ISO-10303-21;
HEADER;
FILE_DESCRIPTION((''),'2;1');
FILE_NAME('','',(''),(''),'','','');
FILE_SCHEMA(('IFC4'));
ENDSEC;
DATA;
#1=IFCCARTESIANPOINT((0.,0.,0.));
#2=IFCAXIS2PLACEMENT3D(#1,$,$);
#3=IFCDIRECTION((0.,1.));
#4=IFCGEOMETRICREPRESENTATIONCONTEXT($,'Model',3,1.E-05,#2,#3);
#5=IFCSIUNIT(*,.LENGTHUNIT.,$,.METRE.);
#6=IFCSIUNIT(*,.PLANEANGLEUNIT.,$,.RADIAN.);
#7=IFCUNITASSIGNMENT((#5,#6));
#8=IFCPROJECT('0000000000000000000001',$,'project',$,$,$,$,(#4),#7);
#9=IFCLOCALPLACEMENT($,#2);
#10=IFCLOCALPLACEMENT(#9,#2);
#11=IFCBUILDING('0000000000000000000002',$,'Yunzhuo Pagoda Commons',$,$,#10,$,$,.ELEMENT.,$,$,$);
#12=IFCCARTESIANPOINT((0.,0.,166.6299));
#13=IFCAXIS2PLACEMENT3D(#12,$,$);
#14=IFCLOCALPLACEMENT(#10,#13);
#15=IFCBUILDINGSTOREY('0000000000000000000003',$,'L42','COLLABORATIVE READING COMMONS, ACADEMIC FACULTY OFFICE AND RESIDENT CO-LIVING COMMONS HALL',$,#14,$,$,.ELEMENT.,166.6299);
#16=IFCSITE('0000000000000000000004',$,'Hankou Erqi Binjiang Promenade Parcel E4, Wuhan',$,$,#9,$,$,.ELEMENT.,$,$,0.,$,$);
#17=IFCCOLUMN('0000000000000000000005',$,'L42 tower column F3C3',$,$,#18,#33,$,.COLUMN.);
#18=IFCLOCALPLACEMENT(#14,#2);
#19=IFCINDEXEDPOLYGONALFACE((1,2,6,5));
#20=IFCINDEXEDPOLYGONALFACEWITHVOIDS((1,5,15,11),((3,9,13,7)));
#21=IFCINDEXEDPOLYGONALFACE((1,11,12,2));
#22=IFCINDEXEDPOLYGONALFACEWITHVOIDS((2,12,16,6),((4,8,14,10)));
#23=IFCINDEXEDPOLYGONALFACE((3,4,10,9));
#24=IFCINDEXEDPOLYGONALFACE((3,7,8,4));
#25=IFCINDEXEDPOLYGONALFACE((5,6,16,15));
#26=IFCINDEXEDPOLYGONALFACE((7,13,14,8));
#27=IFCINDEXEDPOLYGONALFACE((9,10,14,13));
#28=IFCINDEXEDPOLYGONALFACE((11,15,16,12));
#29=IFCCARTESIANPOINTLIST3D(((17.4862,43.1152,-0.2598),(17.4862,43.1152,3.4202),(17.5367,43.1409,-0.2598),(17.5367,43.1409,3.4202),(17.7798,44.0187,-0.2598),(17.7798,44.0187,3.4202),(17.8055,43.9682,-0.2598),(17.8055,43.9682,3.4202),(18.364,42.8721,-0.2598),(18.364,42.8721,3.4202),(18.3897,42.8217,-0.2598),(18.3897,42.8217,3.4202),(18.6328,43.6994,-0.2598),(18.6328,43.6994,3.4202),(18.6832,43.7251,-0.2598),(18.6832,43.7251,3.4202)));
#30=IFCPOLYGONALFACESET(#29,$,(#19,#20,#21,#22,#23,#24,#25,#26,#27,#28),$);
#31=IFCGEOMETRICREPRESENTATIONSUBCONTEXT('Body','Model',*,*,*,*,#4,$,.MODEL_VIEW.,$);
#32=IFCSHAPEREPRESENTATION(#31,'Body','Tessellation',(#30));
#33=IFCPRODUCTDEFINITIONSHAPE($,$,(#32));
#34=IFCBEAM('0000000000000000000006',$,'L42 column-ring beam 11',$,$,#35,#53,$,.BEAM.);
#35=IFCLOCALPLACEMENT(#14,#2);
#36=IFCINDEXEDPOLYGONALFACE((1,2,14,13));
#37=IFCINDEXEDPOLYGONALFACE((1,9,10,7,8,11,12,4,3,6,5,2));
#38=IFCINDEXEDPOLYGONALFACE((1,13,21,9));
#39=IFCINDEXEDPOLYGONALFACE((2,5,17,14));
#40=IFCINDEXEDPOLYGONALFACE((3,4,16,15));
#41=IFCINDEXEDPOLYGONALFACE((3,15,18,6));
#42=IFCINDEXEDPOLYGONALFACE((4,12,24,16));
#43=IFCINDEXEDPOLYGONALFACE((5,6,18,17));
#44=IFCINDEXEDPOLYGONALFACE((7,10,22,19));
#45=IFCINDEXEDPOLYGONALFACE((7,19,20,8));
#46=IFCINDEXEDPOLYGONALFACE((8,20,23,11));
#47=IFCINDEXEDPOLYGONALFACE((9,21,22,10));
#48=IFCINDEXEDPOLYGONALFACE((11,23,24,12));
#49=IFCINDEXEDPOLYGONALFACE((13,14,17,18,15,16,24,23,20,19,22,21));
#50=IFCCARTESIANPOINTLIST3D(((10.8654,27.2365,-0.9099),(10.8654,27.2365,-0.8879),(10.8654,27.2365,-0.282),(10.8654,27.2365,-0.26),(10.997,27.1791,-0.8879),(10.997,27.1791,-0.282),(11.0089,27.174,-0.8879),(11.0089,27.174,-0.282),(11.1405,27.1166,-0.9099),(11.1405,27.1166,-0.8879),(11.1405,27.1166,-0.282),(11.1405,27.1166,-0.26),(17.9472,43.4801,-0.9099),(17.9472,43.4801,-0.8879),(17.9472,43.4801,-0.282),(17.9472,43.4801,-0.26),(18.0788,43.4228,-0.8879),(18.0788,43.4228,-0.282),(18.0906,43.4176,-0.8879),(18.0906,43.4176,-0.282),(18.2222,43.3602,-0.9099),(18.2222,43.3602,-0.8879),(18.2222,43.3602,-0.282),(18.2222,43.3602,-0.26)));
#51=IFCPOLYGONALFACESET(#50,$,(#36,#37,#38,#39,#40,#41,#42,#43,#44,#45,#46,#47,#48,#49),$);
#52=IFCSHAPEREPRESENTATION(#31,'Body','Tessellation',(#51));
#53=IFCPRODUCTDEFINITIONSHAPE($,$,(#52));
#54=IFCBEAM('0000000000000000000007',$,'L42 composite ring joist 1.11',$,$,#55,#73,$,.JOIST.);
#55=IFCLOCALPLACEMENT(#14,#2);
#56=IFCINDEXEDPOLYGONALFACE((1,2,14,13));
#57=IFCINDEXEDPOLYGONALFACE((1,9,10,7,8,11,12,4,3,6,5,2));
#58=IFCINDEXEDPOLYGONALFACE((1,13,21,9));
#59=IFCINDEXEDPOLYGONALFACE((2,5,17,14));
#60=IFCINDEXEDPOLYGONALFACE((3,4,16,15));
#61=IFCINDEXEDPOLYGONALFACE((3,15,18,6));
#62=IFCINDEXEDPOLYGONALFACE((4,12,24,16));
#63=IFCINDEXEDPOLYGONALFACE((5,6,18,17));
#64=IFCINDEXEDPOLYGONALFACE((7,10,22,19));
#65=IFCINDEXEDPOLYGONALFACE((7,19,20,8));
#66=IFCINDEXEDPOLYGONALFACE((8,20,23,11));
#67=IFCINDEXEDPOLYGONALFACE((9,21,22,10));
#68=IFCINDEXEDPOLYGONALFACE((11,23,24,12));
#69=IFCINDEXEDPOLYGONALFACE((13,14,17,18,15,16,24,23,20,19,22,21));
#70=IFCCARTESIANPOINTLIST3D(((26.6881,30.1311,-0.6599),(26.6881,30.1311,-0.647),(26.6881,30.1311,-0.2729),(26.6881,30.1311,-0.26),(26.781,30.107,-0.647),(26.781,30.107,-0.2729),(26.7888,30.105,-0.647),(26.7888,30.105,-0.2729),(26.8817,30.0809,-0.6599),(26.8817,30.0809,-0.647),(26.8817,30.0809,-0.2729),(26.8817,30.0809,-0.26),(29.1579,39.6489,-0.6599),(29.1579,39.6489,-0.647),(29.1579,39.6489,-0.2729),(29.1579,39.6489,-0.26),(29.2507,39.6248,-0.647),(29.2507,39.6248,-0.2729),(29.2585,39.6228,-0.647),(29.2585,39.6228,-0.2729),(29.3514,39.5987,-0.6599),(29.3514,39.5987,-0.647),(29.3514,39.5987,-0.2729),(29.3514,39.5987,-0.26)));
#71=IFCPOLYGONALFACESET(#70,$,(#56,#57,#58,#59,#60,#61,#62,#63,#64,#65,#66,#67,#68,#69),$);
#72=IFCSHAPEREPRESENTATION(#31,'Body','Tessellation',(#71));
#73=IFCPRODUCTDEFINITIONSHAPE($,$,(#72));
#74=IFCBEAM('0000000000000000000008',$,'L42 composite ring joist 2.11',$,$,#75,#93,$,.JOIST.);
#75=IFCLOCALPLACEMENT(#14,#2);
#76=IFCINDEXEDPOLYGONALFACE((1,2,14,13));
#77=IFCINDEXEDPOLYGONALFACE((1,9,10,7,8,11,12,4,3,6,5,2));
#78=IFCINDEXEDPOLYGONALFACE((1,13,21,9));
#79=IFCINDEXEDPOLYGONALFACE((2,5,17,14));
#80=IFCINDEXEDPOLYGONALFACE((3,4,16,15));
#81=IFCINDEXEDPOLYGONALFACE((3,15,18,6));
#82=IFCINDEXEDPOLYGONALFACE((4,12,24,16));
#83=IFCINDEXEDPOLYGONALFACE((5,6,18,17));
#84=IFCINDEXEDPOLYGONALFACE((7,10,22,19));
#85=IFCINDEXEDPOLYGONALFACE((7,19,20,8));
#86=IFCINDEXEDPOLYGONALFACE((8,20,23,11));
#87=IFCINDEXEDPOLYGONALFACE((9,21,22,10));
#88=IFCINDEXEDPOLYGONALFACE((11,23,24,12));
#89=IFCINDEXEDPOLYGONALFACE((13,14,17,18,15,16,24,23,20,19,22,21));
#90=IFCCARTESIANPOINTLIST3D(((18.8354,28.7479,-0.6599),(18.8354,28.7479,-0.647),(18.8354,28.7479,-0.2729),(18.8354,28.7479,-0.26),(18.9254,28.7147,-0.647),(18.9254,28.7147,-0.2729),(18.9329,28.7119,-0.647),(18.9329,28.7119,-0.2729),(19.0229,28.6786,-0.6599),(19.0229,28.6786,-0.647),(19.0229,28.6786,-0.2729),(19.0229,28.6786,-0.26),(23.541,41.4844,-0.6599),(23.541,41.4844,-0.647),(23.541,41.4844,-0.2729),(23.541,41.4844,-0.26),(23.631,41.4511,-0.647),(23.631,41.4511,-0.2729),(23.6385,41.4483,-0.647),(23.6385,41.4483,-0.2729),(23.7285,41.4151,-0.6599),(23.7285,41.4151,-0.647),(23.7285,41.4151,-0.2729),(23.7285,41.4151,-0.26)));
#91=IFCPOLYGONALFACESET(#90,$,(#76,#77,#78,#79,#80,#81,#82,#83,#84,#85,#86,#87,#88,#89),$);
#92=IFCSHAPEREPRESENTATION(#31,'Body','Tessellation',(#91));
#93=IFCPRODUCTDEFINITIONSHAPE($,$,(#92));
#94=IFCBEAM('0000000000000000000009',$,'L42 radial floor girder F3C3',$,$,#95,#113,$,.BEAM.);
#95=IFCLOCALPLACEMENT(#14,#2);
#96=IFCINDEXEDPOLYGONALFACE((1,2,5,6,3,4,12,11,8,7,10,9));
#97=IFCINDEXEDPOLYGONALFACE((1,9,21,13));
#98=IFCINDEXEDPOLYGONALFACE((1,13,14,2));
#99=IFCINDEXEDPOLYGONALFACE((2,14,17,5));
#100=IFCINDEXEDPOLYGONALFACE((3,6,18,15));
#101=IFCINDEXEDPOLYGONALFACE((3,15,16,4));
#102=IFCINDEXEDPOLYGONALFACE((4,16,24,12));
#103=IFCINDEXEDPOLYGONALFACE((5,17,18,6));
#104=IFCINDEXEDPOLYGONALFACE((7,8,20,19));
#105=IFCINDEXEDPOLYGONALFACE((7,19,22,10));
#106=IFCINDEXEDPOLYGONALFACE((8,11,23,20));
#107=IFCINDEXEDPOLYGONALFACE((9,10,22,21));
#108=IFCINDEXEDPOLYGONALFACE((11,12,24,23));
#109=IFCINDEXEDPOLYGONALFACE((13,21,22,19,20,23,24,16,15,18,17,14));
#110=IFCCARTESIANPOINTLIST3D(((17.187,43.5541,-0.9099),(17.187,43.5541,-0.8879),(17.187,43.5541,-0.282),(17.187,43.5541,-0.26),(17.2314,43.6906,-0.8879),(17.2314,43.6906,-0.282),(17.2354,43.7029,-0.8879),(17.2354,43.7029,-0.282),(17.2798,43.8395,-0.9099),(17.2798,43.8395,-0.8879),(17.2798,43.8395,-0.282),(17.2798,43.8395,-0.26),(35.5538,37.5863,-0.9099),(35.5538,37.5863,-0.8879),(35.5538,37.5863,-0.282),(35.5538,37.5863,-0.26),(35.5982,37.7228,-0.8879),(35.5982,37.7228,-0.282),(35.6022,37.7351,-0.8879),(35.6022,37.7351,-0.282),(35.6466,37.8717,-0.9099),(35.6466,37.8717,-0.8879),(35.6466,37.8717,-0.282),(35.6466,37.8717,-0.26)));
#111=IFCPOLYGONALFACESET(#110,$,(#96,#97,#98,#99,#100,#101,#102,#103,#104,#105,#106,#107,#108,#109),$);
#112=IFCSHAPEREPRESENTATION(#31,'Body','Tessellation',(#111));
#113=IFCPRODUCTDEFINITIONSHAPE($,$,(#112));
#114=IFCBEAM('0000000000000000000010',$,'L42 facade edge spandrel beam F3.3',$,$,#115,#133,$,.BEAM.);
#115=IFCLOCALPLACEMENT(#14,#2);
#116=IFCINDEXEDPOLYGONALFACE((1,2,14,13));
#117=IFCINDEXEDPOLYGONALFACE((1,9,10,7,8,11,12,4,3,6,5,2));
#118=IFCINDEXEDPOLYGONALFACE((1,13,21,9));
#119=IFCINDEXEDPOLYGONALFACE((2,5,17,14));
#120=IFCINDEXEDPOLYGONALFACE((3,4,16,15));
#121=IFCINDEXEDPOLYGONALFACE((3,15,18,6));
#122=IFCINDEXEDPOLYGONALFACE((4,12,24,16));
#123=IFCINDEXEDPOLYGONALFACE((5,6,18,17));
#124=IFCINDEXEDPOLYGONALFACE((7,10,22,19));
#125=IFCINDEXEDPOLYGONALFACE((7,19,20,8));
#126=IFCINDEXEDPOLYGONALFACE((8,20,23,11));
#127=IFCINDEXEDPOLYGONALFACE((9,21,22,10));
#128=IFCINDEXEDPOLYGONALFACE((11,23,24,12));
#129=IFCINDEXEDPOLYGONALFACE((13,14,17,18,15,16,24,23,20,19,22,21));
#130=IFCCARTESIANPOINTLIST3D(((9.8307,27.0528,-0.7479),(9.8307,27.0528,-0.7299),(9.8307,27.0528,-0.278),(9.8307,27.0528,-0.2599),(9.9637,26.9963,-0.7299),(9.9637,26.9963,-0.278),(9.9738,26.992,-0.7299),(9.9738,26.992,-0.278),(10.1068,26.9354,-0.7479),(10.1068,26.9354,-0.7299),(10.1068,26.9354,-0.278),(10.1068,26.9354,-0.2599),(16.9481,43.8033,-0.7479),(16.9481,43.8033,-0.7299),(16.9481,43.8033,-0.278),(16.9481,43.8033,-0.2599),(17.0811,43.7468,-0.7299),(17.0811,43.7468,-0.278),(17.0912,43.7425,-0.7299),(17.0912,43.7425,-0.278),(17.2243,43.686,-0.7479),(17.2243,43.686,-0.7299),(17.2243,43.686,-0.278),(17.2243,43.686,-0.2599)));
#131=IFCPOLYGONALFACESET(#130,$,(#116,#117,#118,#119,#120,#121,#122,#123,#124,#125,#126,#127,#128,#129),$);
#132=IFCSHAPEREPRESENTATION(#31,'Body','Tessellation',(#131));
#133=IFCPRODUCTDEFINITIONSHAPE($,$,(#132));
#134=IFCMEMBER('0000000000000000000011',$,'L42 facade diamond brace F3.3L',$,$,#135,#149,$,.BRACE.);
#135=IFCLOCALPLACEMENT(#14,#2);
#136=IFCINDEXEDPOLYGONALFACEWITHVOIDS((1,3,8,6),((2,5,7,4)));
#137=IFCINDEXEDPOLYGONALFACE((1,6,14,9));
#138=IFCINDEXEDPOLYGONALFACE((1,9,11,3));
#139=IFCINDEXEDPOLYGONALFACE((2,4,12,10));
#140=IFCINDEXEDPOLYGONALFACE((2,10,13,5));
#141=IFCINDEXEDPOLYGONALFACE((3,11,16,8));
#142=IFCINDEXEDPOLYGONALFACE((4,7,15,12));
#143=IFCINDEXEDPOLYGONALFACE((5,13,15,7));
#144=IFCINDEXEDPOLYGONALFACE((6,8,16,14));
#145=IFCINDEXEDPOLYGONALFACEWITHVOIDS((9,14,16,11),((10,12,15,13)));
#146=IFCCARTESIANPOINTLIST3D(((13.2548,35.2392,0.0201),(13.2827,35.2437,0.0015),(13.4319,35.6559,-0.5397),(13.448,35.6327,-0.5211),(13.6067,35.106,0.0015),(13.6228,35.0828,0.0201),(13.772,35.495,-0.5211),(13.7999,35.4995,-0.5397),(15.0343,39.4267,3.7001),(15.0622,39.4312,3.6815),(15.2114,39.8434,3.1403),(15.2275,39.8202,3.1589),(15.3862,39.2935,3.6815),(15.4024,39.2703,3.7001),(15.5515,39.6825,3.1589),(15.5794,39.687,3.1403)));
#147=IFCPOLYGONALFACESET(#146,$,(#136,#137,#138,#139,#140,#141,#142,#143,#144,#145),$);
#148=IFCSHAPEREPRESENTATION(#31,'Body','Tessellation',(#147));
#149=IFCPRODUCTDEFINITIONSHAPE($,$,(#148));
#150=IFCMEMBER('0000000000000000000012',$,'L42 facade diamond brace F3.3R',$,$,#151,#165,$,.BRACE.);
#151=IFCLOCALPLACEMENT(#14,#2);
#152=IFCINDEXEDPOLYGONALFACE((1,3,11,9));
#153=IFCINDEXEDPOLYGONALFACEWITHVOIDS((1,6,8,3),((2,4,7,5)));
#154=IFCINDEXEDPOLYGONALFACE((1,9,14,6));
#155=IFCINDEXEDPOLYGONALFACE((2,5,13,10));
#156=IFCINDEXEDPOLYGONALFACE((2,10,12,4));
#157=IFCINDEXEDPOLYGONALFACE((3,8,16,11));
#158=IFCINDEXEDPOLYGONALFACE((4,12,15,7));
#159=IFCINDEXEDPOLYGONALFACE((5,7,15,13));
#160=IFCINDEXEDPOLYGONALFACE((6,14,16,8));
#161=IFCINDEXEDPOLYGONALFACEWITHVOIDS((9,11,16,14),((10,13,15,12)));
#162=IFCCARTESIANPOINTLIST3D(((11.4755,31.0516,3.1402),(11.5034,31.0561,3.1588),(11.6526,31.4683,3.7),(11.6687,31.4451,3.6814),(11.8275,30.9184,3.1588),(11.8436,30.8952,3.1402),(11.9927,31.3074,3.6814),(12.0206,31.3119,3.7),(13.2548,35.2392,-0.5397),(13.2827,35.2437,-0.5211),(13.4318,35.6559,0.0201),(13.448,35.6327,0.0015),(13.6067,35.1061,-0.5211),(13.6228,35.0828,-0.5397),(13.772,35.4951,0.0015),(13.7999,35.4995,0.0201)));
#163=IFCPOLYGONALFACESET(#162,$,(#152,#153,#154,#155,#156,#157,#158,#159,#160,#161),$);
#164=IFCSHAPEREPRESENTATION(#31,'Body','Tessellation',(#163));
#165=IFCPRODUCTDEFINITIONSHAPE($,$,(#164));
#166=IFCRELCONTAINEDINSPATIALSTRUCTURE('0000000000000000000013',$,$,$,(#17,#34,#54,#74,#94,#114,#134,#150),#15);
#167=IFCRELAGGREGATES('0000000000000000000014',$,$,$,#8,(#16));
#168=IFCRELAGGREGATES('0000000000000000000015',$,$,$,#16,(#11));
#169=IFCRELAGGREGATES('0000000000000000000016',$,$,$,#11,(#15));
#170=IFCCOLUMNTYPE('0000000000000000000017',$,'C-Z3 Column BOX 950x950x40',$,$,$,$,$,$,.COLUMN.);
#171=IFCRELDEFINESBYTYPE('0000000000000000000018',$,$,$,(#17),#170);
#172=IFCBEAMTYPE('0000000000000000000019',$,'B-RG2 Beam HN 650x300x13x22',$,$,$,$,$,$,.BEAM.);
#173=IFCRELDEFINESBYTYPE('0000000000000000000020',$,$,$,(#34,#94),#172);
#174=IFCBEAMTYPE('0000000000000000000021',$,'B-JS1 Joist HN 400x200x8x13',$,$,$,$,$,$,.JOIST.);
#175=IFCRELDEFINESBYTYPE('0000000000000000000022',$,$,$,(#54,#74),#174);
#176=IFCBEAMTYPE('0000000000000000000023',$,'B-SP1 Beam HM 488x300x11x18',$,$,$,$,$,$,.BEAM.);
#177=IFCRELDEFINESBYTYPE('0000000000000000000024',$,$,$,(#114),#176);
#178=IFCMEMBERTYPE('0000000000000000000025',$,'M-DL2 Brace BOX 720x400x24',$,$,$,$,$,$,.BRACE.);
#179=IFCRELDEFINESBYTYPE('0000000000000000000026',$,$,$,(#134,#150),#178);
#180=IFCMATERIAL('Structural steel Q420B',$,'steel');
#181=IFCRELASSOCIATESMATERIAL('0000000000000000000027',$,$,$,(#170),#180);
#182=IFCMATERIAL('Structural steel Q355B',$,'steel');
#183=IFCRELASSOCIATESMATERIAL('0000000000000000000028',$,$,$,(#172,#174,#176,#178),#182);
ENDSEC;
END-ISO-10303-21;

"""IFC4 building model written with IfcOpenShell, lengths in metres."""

from ifc_helpers import new_model, si_unit, direction, frame, origin, origin_2d, place, context, subcontext, project, spatial, hollow_rectangle, i_section, extrude, source, transform, mapped, material, material_profile, profile_set, type_object, element, save


model = new_model("IFC4")

# Units and contexts
model_context = context("Model", 3, precision=1e-05, world=origin(), true_north=direction((0.0, 1.0)))
body_context = subcontext(model_context, "Body", "Model", "MODEL_VIEW")
ifc_project = project(units=[si_unit("LENGTHUNIT", "METRE"), si_unit("PLANEANGLEUNIT", "RADIAN")], contexts=[model_context])

# Site, building, storey
site_placement = place(None, origin())
site = spatial("IfcSite", under=ifc_project, at=site_placement, Name="Hankou Erqi Binjiang Promenade Parcel E4, Wuhan", CompositionType="ELEMENT", RefElevation=0.0)
building_placement = place(site_placement, origin())
building = spatial("IfcBuilding", under=site, at=building_placement, Name="Yunzhuo Pagoda Commons", CompositionType="ELEMENT")
storey_placement = place(building_placement, frame((0.0, 0.0, 166.6299)))
storey = spatial("IfcBuildingStorey", under=building, at=storey_placement, Name="L42", Description="COLLABORATIVE READING COMMONS, ACADEMIC FACULTY OFFICE AND RESIDENT CO-LIVING COMMONS HALL", CompositionType="ELEMENT", Elevation=166.6299)

# Column
ifc_material_1 = material(Name="Structural steel Q420B", Category="steel")
ifc_material_profile_1 = material_profile(ifc_material_1, hollow_rectangle(XDim=0.95, YDim=0.95, WallThickness=0.04, at=origin_2d()), Name="Structural steel Q420B")
ifc_profile_set_1 = profile_set([ifc_material_profile_1], Name="Structural steel Q420B")
column_type = type_object("IfcColumnType", Name="C-Z3 Column BOX 950x950x40", PredefinedType="COLUMN", material=ifc_profile_set_1)
shared_shape_1 = source(origin(), body_context, "Body", "SweptSolid", [
    extrude(hollow_rectangle(XDim=0.95, YDim=0.95, WallThickness=0.04, at=origin_2d()), origin(), (0.0, 0.0, 1.0), 3.6799),
])
column_placement = place(storey_placement, frame((18.0847, 43.4202, -0.2598), z_axis=(0.0, 0.0, 1.0), x_axis=(-0.309017, -0.951057, 0.0)))
element("IfcColumn", 1, at=column_placement, inside=storey, type_object=column_type, Name="L42 tower column F3C3", PredefinedType="COLUMN", context=body_context, shape_type="MappedRepresentation", body=[
    mapped(shared_shape_1, transform((0.0, 0.0, 0.0), scale=1.0)),
])

# Beams
ifc_material_2 = material(Name="Structural steel Q355B", Category="steel")
ifc_material_profile_2 = material_profile(ifc_material_2, i_section(OverallWidth=0.3, OverallDepth=0.6499, WebThickness=0.0129, FlangeThickness=0.022, at=origin_2d()), Name="Structural steel Q355B")
ifc_profile_set_2 = profile_set([ifc_material_profile_2], Name="Structural steel Q355B")
beam_type_1 = type_object("IfcBeamType", Name="B-RG2 Beam HN 650x300x13x22", PredefinedType="BEAM", material=ifc_profile_set_2)
shared_shape_2 = source(origin(), body_context, "Body", "SweptSolid", [
    extrude(i_section(OverallWidth=0.3, OverallDepth=0.6499, WebThickness=0.0129, FlangeThickness=0.022, at=origin_2d()), origin(), (0.0, 0.0, 1.0), 17.7202),
])
beam_1_placement = place(storey_placement, frame((18.0847, 43.4202, -0.585), z_axis=(-0.399643, -0.916671, 0.0), x_axis=(0.916671, -0.399643, 0.0)))
element("IfcBeam", 2, at=beam_1_placement, inside=storey, type_object=beam_type_1, Name="L42 column-ring beam 11", PredefinedType="BEAM", context=body_context, shape_type="MappedRepresentation", body=[
    mapped(shared_shape_2, transform((0.0, 0.0, 0.0), scale=1.0)),
])
ifc_material_profile_3 = material_profile(ifc_material_2, i_section(OverallWidth=0.2, OverallDepth=0.3999, WebThickness=0.0081, FlangeThickness=0.0129, at=origin_2d()), Name="Structural steel Q355B")
ifc_profile_set_3 = profile_set([ifc_material_profile_3], Name="Structural steel Q355B")
beam_type_2 = type_object("IfcBeamType", Name="B-JS1 Joist HN 400x200x8x13", PredefinedType="JOIST", material=ifc_profile_set_3)
shared_shape_3 = source(origin(), body_context, "Body", "SweptSolid", [
    extrude(i_section(OverallWidth=0.2, OverallDepth=0.3999, WebThickness=0.0081, FlangeThickness=0.0129, at=origin_2d()), origin(), (0.0, 0.0, 1.0), 9.833),
])
beam_2_placement = place(storey_placement, frame((29.2546, 39.6238, -0.46), z_axis=(-0.251166, -0.967944, 0.0), x_axis=(0.967944, -0.251166, 0.0)))
element("IfcBeam", 3, at=beam_2_placement, inside=storey, type_object=beam_type_2, Name="L42 composite ring joist 1.11", PredefinedType="JOIST", context=body_context, shape_type="MappedRepresentation", body=[
    mapped(shared_shape_3, transform((0.0, 0.0, 0.0), scale=1.0)),
])
shared_shape_4 = source(origin(), body_context, "Body", "SweptSolid", [
    extrude(i_section(OverallWidth=0.2, OverallDepth=0.3999, WebThickness=0.0081, FlangeThickness=0.0129, at=origin_2d()), origin(), (0.0, 0.0, 1.0), 13.5779),
])
beam_3_placement = place(storey_placement, frame((23.6348, 41.4497, -0.46), z_axis=(-0.346563, -0.938027, 0.0), x_axis=(0.938027, -0.346563, 0.0)))
element("IfcBeam", 4, at=beam_3_placement, inside=storey, type_object=beam_type_2, Name="L42 composite ring joist 2.11", PredefinedType="JOIST", context=body_context, shape_type="MappedRepresentation", body=[
    mapped(shared_shape_4, transform((0.0, 0.0, 0.0), scale=1.0)),
])
shared_shape_5 = source(origin(), body_context, "Body", "SweptSolid", [
    extrude(i_section(OverallWidth=0.3, OverallDepth=0.6499, WebThickness=0.0129, FlangeThickness=0.022, at=origin_2d()), origin(), (0.0, 0.0, 1.0), 19.312),
])
beam_4_placement = place(storey_placement, frame((17.2334, 43.6968, -0.585), z_axis=(0.951055, -0.30902, 0.0), x_axis=(0.30902, 0.951055, 0.0)))
element("IfcBeam", 5, at=beam_4_placement, inside=storey, type_object=beam_type_1, Name="L42 radial floor girder F3C3", PredefinedType="BEAM", context=body_context, shape_type="MappedRepresentation", body=[
    mapped(shared_shape_5, transform((0.0, 0.0, 0.0), scale=1.0)),
])
ifc_material_profile_4 = material_profile(ifc_material_2, i_section(OverallWidth=0.3, OverallDepth=0.488, WebThickness=0.011, FlangeThickness=0.0181, at=origin_2d()), Name="Structural steel Q355B")
ifc_profile_set_4 = profile_set([ifc_material_profile_4], Name="Structural steel Q355B")
beam_type_3 = type_object("IfcBeamType", Name="B-SP1 Beam HM 488x300x11x18", PredefinedType="BEAM", material=ifc_profile_set_4)
shared_shape_6 = source(origin(), body_context, "Body", "SweptSolid", [
    extrude(i_section(OverallWidth=0.3, OverallDepth=0.488, WebThickness=0.011, FlangeThickness=0.0181, at=origin_2d()), origin(), (0.0, 0.0, 1.0), 18.2),
])
beam_5_placement = place(storey_placement, frame((17.0862, 43.7446, -0.5039), z_axis=(-0.39107, -0.920361, 0.0), x_axis=(0.920361, -0.39107, 0.0)))
element("IfcBeam", 6, at=beam_5_placement, inside=storey, type_object=beam_type_3, Name="L42 facade edge spandrel beam F3.3", PredefinedType="BEAM", context=body_context, shape_type="MappedRepresentation", body=[
    mapped(shared_shape_6, transform((0.0, 0.0, 0.0), scale=1.0)),
])

# Members
ifc_material_profile_5 = material_profile(ifc_material_2, hollow_rectangle(XDim=0.3999, YDim=0.72, WallThickness=0.0239, at=origin_2d()), Name="Structural steel Q355B")
ifc_profile_set_5 = profile_set([ifc_material_profile_5], Name="Structural steel Q355B")
member_type_1 = type_object("IfcMemberType", Name="M-DL2 Brace BOX 720x400x24", PredefinedType="BRACE", material=ifc_profile_set_5)
shared_shape_7 = source(origin(), body_context, "Body", "SweptSolid", [
    extrude(hollow_rectangle(XDim=0.3999, YDim=0.72, WallThickness=0.0239, at=origin_2d()), origin(), (0.0, 0.0, 1.0), 5.8518),
])
for number, where, z_axis, x_axis, name in (
    (7, (13.5273, 35.3694, -0.2598), (0.3041, 0.715589, 0.628852), (-0.920343, 0.391113, 0.0), "L42 facade diamond brace F3.3L"),
    (8, (13.5273, 35.3694, -0.2598), (-0.304053, -0.715619, 0.628842), (0.92037, -0.391049, 0.0), "L42 facade diamond brace F3.3R"),
):
    element("IfcMember", number, at=place(storey_placement, frame(where, z_axis=z_axis, x_axis=x_axis)), inside=storey, type_object=member_type_1, Name=name, PredefinedType="BRACE", context=body_context, shape_type="MappedRepresentation", body=[
        mapped(shared_shape_7, transform((0.0, 0.0, 0.0), scale=1.0)),
    ])

save(model, "model.ifc")
